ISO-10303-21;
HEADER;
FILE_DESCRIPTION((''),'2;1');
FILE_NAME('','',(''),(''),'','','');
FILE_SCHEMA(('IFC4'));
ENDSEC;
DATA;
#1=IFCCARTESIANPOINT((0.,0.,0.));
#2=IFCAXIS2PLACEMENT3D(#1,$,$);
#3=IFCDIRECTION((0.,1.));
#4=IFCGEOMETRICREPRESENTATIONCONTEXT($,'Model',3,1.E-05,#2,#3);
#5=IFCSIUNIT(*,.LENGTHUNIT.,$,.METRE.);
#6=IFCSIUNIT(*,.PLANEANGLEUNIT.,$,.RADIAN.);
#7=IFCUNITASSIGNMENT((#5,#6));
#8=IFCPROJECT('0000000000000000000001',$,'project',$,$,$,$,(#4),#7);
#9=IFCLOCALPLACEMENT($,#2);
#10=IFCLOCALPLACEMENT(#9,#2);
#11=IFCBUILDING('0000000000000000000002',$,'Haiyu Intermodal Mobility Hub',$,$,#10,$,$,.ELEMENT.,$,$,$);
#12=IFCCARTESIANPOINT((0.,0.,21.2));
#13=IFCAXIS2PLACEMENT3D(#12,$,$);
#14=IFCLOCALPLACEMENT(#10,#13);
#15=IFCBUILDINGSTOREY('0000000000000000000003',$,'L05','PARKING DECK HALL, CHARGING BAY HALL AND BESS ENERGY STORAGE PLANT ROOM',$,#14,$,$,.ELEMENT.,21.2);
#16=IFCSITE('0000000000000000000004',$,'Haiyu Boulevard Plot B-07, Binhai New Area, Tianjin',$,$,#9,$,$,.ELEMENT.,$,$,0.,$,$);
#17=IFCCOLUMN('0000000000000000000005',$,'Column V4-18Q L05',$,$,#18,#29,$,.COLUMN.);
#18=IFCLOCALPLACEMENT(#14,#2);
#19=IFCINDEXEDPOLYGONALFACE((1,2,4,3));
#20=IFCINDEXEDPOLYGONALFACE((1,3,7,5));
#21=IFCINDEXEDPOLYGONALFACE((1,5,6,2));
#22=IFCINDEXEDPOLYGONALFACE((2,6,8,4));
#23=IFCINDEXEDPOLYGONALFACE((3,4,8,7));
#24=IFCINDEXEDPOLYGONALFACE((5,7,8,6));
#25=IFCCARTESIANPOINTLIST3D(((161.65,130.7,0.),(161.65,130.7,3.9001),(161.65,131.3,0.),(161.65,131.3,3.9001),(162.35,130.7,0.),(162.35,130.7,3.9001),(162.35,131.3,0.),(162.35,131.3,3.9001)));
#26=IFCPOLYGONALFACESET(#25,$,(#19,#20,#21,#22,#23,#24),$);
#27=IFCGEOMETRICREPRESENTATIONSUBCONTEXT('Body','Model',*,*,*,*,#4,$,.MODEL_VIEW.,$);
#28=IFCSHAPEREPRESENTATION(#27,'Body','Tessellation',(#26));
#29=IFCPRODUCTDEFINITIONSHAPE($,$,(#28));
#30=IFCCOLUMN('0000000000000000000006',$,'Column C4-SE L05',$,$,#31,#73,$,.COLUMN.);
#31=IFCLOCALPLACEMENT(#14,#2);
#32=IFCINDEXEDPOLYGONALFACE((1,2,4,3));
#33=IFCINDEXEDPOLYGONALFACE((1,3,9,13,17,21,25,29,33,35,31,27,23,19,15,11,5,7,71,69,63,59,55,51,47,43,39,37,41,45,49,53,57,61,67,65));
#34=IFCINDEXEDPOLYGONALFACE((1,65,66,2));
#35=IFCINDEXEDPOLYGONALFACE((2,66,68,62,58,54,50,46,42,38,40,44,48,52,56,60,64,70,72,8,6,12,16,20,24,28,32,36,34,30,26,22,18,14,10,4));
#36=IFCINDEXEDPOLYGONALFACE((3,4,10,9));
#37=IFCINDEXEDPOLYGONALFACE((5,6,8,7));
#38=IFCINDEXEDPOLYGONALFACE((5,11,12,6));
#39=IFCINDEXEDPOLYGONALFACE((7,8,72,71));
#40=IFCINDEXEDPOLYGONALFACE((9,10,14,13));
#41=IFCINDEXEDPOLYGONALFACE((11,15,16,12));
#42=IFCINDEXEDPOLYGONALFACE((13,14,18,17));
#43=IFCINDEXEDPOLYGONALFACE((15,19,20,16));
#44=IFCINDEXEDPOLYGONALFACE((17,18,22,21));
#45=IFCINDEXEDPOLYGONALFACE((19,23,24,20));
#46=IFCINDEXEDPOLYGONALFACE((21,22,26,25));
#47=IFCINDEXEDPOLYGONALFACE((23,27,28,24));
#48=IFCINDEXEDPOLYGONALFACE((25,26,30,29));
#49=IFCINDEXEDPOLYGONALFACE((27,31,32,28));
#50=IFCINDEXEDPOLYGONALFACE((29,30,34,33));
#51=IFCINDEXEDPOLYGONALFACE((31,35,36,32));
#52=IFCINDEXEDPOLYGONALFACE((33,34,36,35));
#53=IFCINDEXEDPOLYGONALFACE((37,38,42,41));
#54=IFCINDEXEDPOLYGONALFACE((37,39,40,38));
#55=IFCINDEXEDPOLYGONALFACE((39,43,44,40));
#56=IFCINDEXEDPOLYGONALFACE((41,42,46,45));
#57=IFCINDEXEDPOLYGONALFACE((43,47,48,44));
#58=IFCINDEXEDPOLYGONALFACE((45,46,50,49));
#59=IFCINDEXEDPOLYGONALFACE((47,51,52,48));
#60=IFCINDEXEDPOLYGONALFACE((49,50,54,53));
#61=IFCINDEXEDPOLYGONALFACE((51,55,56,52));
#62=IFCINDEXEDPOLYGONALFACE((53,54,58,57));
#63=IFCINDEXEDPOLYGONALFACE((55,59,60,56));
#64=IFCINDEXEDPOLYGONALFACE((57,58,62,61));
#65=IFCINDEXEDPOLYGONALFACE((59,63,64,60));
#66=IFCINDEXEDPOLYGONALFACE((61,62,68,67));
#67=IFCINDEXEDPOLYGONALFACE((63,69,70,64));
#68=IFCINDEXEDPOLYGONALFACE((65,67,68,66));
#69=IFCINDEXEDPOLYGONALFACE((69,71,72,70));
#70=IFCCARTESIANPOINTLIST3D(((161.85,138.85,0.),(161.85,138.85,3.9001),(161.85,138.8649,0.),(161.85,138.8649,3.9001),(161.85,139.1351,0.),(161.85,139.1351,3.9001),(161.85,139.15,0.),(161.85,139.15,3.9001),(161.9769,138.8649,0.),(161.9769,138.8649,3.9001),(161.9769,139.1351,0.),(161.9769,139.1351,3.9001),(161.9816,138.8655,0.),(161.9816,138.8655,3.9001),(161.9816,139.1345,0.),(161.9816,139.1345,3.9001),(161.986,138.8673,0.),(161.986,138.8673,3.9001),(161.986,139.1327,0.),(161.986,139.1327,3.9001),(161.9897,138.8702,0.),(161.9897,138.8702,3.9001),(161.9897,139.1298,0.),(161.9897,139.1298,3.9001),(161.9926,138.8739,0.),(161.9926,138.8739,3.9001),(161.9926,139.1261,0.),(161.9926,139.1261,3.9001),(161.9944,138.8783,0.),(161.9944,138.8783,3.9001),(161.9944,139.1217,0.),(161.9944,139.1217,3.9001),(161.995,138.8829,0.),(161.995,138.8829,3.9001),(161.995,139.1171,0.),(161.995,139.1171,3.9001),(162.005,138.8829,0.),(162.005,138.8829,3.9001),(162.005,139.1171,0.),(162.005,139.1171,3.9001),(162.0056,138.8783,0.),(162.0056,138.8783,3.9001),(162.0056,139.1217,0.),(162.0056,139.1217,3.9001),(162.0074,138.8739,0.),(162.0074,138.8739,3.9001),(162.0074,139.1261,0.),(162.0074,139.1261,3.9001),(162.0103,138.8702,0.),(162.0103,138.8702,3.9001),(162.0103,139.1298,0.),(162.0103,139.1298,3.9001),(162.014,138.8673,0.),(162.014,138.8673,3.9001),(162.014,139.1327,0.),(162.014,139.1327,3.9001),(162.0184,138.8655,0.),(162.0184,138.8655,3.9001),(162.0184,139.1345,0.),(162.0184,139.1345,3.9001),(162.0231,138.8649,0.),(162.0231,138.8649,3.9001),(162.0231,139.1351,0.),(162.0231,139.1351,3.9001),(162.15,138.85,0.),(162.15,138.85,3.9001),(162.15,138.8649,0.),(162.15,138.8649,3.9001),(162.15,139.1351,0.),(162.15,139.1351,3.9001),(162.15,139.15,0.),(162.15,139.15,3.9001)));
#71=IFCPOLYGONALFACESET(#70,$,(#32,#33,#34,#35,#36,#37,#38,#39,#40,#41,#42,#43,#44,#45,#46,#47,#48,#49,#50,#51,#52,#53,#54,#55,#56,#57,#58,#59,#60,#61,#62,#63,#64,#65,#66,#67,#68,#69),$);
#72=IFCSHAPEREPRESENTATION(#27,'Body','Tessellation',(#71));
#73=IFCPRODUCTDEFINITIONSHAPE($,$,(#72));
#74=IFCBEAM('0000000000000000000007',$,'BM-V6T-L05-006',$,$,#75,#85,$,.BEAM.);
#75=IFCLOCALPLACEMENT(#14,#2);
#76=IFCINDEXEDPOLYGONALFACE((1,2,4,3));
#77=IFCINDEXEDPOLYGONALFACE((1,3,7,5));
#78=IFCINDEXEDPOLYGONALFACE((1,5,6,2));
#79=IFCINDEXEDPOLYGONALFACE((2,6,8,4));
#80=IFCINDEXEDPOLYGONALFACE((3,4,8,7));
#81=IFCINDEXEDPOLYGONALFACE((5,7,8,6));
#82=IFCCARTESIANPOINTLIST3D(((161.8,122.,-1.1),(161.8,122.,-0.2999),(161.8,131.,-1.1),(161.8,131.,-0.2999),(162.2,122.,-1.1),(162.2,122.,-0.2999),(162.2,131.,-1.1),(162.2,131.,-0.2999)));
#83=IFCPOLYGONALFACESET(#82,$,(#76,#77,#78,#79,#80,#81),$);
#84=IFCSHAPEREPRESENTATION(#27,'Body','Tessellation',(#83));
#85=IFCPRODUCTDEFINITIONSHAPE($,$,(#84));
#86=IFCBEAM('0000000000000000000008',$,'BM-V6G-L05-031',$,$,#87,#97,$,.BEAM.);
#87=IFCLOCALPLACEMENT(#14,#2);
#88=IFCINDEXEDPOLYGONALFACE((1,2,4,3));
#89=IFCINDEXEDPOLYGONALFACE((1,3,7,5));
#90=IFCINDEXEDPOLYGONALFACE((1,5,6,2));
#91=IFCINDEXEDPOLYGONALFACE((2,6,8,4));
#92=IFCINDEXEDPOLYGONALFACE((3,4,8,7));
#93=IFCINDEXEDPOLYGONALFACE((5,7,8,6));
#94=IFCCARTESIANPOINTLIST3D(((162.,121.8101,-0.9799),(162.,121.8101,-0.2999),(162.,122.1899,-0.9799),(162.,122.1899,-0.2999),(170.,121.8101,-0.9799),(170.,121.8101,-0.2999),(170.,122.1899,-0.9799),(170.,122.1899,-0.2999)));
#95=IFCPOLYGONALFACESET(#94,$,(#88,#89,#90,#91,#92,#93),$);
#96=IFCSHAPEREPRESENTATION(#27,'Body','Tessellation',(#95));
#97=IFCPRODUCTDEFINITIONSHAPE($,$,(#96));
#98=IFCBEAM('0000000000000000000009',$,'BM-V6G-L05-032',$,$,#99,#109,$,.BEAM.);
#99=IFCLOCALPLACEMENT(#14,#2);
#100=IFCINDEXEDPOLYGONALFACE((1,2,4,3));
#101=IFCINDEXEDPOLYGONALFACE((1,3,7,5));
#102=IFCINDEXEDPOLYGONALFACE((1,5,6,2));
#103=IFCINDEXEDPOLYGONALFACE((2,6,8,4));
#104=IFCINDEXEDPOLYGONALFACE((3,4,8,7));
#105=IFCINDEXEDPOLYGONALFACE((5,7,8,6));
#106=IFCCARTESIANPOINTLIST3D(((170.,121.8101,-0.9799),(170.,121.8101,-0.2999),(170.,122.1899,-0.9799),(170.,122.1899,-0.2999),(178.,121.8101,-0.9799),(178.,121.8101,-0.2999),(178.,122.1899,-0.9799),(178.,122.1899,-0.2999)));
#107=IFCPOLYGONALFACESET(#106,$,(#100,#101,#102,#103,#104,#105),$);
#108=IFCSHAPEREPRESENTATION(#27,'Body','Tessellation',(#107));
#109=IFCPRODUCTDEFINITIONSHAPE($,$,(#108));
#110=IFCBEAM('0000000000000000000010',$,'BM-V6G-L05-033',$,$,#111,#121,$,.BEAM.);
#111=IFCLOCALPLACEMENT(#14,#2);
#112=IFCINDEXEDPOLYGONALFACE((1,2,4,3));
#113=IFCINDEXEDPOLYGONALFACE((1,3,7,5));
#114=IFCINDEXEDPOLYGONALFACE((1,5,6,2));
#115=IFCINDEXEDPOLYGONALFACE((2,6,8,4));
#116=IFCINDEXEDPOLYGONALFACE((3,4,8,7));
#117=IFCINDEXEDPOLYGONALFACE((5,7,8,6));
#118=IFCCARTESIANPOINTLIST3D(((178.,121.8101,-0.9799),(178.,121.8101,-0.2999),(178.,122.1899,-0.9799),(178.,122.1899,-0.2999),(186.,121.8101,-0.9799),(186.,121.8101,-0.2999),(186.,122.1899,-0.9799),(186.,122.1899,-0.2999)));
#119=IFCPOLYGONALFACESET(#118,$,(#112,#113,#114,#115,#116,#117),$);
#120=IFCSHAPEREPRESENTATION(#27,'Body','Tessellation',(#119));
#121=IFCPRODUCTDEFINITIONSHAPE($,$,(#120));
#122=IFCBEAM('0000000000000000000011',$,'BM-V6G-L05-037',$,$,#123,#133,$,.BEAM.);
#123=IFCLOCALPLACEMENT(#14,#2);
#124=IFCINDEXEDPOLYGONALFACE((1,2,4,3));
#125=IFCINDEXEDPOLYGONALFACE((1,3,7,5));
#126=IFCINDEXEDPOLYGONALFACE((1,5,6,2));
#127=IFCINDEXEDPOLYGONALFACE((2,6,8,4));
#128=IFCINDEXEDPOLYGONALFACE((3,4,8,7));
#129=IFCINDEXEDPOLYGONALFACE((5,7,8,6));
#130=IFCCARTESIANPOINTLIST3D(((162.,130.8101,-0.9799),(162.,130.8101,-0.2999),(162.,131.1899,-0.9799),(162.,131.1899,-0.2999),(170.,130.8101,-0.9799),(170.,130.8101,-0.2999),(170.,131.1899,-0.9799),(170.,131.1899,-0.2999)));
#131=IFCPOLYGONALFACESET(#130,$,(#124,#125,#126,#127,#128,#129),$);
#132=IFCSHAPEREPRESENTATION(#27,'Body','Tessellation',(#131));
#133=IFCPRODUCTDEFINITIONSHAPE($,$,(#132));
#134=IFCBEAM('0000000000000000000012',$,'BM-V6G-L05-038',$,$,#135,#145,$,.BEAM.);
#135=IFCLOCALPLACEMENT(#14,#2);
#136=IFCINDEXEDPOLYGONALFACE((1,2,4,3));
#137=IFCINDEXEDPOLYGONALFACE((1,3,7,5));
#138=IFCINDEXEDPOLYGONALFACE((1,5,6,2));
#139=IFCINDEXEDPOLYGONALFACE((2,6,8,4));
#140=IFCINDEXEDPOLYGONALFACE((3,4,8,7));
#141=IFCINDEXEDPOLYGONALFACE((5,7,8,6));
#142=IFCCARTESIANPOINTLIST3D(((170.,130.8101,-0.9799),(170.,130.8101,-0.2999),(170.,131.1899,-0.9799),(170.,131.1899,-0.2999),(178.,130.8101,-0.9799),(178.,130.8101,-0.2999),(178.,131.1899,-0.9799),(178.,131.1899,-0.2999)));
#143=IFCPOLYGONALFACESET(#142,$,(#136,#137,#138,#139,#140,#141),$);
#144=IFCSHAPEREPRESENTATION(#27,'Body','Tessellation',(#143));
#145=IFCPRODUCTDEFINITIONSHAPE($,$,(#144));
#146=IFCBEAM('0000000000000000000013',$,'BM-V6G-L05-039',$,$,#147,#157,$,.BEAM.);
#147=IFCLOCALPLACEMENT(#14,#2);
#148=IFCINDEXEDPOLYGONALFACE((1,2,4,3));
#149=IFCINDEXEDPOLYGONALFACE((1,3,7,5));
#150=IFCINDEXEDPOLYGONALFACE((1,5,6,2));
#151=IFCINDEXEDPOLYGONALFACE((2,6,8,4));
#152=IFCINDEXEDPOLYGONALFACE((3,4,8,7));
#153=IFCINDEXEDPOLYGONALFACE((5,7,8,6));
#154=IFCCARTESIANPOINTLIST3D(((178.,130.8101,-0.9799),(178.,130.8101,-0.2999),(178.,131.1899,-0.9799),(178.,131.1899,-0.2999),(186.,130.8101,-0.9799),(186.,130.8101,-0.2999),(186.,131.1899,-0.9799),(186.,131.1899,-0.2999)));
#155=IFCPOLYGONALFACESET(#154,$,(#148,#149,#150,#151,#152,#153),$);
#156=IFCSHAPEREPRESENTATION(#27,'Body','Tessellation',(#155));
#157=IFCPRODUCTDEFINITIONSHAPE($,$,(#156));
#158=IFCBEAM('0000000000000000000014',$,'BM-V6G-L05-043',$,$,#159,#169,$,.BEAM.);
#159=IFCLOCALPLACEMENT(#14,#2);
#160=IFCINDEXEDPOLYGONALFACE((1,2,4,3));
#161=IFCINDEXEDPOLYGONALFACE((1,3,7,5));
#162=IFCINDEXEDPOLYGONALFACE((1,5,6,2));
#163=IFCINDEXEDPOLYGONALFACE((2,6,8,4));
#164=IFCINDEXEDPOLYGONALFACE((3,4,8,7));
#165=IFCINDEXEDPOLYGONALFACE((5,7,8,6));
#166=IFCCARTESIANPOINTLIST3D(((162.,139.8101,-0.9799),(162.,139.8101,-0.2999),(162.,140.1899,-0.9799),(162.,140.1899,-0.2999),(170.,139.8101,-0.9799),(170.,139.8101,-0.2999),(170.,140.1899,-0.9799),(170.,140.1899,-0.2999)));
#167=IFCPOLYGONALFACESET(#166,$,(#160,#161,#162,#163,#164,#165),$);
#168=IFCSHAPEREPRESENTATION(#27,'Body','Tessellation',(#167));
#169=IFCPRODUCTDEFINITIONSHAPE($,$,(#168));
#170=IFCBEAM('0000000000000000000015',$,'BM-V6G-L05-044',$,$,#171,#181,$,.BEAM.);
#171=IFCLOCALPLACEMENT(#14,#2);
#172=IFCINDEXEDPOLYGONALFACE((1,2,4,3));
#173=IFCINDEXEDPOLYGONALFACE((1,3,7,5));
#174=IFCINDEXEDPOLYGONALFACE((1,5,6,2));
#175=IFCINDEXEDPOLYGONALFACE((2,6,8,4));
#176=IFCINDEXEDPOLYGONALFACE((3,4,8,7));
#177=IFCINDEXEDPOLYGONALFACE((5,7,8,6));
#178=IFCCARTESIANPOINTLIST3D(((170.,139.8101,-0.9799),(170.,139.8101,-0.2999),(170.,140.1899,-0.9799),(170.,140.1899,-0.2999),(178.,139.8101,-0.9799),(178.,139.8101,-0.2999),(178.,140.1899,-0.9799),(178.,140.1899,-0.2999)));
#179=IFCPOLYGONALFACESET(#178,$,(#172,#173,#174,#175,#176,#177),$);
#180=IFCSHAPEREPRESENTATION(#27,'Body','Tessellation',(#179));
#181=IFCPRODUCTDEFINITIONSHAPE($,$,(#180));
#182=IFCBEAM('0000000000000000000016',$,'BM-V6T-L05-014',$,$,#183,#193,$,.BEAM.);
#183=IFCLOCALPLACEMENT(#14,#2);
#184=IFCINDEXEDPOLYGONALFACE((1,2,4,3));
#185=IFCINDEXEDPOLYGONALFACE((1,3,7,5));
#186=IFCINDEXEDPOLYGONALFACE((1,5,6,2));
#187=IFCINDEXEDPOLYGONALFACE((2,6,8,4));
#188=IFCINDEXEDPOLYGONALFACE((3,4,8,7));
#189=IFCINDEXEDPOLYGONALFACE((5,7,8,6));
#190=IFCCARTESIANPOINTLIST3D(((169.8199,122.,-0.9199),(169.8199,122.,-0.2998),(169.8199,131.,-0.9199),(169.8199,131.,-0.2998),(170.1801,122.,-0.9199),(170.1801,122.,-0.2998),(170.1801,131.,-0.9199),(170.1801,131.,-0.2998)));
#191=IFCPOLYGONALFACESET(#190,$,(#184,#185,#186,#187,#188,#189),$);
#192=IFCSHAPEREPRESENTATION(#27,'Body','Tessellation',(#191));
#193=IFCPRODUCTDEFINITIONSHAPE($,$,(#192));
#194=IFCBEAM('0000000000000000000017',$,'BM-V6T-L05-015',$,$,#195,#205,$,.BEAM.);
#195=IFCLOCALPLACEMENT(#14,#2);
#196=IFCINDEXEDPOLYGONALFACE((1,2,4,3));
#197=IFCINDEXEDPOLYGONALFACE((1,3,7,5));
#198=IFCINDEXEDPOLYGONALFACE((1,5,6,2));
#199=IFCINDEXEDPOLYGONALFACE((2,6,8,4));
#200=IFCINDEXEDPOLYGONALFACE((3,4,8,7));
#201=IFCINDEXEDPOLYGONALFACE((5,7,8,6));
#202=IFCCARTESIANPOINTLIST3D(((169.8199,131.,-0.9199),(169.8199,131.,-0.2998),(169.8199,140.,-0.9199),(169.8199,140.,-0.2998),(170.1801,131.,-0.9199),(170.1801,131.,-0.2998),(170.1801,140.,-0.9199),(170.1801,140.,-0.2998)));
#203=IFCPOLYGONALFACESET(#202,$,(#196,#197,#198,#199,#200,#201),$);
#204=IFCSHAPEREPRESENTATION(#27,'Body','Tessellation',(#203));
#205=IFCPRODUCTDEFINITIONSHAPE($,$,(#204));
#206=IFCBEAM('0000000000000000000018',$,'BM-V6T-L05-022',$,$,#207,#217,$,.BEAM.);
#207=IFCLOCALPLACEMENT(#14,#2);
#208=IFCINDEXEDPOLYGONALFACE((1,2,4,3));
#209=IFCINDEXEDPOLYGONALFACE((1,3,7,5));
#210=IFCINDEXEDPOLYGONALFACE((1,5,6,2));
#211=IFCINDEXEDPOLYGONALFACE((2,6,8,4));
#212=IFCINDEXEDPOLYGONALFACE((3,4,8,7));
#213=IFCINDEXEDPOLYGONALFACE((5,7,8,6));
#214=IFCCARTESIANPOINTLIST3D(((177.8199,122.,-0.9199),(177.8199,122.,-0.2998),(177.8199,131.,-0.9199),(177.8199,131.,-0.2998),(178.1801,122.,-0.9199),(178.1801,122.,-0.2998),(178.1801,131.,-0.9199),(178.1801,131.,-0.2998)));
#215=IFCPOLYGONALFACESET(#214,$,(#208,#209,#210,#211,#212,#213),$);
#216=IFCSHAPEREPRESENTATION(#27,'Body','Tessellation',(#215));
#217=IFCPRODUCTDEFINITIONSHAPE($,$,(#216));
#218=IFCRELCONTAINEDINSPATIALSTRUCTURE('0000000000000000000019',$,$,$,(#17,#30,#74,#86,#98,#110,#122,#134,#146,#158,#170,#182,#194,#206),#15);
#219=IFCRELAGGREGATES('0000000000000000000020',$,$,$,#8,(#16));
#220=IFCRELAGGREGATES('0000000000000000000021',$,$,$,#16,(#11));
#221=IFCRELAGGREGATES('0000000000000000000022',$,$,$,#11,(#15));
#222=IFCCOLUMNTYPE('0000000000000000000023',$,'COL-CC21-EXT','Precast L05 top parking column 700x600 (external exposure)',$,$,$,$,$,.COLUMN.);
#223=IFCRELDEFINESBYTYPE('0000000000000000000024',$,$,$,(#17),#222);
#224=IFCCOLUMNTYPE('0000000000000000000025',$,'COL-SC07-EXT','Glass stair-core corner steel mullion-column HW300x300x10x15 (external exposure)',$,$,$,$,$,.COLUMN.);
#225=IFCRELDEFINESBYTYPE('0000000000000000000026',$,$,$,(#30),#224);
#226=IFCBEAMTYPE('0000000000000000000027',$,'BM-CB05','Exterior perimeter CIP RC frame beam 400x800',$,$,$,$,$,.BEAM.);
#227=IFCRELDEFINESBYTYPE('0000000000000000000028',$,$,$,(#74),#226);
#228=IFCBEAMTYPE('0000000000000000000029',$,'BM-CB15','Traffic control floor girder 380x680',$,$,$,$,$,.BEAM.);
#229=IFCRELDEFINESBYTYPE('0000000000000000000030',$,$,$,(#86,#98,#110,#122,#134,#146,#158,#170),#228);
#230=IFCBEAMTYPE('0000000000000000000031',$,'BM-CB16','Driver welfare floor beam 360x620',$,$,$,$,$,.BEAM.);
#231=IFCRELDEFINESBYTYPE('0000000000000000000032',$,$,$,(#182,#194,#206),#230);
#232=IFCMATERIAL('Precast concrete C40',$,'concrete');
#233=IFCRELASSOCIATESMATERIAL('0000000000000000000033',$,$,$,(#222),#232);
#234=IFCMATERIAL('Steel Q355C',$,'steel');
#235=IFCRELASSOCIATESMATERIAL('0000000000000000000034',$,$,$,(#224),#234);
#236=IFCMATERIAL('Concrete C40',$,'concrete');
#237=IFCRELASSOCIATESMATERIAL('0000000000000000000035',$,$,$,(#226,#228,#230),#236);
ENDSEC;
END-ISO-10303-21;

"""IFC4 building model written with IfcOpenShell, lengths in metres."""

from ifc_helpers import new_model, si_unit, direction, frame, origin, origin_2d, place, context, subcontext, project, spatial, rectangle, i_section, extrude, material, material_profile, profile_set, type_object, element, save


model = new_model("IFC4")

# Units and contexts
model_context = context("Model", 3, precision=1e-05, world=origin(), true_north=direction((0.0, 1.0)))
body_context = subcontext(model_context, "Body", "Model", "MODEL_VIEW")
ifc_project = project(units=[si_unit("LENGTHUNIT", "METRE"), si_unit("PLANEANGLEUNIT", "RADIAN")], contexts=[model_context])

# Site, building, storey
site_placement = place(None, origin())
site = spatial("IfcSite", under=ifc_project, at=site_placement, Name="Haiyu Boulevard Plot B-07, Binhai New Area, Tianjin", CompositionType="ELEMENT", RefElevation=0.0)
building_placement = place(site_placement, origin())
building = spatial("IfcBuilding", under=site, at=building_placement, Name="Haiyu Intermodal Mobility Hub", CompositionType="ELEMENT")
storey_placement = place(building_placement, frame((0.0, 0.0, 21.2)))
storey = spatial("IfcBuildingStorey", under=building, at=storey_placement, Name="L05", Description="PARKING DECK HALL, CHARGING BAY HALL AND BESS ENERGY STORAGE PLANT ROOM", CompositionType="ELEMENT", Elevation=21.2)

# Columns
ifc_material_1 = material(Name="Precast concrete C40", Category="concrete")
ifc_material_profile_1 = material_profile(ifc_material_1, rectangle(XDim=0.7, YDim=0.6001, at=origin_2d()), Name="C700x600")
ifc_profile_set_1 = profile_set([ifc_material_profile_1], Name="Precast concrete C40")
column_type_1 = type_object("IfcColumnType", Name="COL-CC21-EXT", Description="Precast L05 top parking column 700x600 (external exposure)", PredefinedType="COLUMN", material=ifc_profile_set_1)
column_1_placement = place(storey_placement, frame((162.0, 131.0, 0.0), z_axis=(0.0, 0.0, 1.0), x_axis=(1.0, 0.0, 0.0)))
element("IfcColumn", 1, at=column_1_placement, inside=storey, type_object=column_type_1, Name="Column V4-18Q L05", PredefinedType="COLUMN", context=body_context, shape_type="SweptSolid", body=[
    extrude(rectangle(XDim=0.7, YDim=0.6001, at=origin_2d()), origin(), (0.0, 0.0, 1.0), 3.9001),
])
ifc_material_2 = material(Name="Steel Q355C", Category="steel")
ifc_material_profile_2 = material_profile(ifc_material_2, i_section(OverallWidth=0.3, OverallDepth=0.3, WebThickness=0.01, FlangeThickness=0.0149, FilletRadius=0.0181, at=origin_2d()), Name="HW300x300x10x15")
ifc_profile_set_2 = profile_set([ifc_material_profile_2], Name="Steel Q355C")
column_type_2 = type_object("IfcColumnType", Name="COL-SC07-EXT", Description="Glass stair-core corner steel mullion-column HW300x300x10x15 (external exposure)", PredefinedType="COLUMN", material=ifc_profile_set_2)
column_2_placement = place(storey_placement, frame((162.0, 139.0, 0.0), z_axis=(0.0, 0.0, 1.0), x_axis=(1.0, 0.0, 0.0)))
element("IfcColumn", 2, at=column_2_placement, inside=storey, type_object=column_type_2, Name="Column C4-SE L05", PredefinedType="COLUMN", context=body_context, shape_type="SweptSolid", body=[
    extrude(i_section(OverallWidth=0.3, OverallDepth=0.3, WebThickness=0.01, FlangeThickness=0.0149, FilletRadius=0.0181, at=origin_2d()), origin(), (0.0, 0.0, 1.0), 3.9001),
])

# Beams
ifc_material_3 = material(Name="Concrete C40", Category="concrete")
ifc_material_profile_3 = material_profile(ifc_material_3, rectangle(XDim=0.3999, YDim=0.8, at=origin_2d()), Name="RCB400x800")
ifc_profile_set_3 = profile_set([ifc_material_profile_3], Name="Concrete C40")
beam_type_1 = type_object("IfcBeamType", Name="BM-CB05", Description="Exterior perimeter CIP RC frame beam 400x800", PredefinedType="BEAM", material=ifc_profile_set_3)
beam_1_placement = place(storey_placement, frame((162.0, 122.0, -0.7), z_axis=(0.0, 1.0, 0.0), x_axis=(-1.0, 0.0, 0.0)))
element("IfcBeam", 3, at=beam_1_placement, inside=storey, type_object=beam_type_1, Name="BM-V6T-L05-006", PredefinedType="BEAM", context=body_context, shape_type="SweptSolid", body=[
    extrude(rectangle(XDim=0.3999, YDim=0.8, at=origin_2d()), origin(), (0.0, 0.0, 1.0), 9.0),
])
ifc_material_profile_4 = material_profile(ifc_material_3, rectangle(XDim=0.3799, YDim=0.6799, at=origin_2d()), Name="B380x680")
ifc_profile_set_4 = profile_set([ifc_material_profile_4], Name="Concrete C40")
beam_type_2 = type_object("IfcBeamType", Name="BM-CB15", Description="Traffic control floor girder 380x680", PredefinedType="BEAM", material=ifc_profile_set_4)
for number, where, z_axis, x_axis, name in (
    (4, (162.0, 122.0, -0.6399), (1.0, 0.0, 0.0), (0.0, 1.0, 0.0), "BM-V6G-L05-031"),
    (5, (170.0, 122.0, -0.6399), (1.0, 0.0, 0.0), (0.0, 1.0, 0.0), "BM-V6G-L05-032"),
    (6, (178.0, 122.0, -0.6399), (1.0, 0.0, 0.0), (0.0, 1.0, 0.0), "BM-V6G-L05-033"),
    (7, (162.0, 131.0, -0.6399), (1.0, 0.0, 0.0), (0.0, 1.0, 0.0), "BM-V6G-L05-037"),
    (8, (170.0, 131.0, -0.6399), (1.0, 0.0, 0.0), (0.0, 1.0, 0.0), "BM-V6G-L05-038"),
    (9, (178.0, 131.0, -0.6399), (1.0, 0.0, 0.0), (0.0, 1.0, 0.0), "BM-V6G-L05-039"),
    (10, (162.0, 140.0, -0.6399), (1.0, 0.0, 0.0), (0.0, 1.0, 0.0), "BM-V6G-L05-043"),
    (11, (170.0, 140.0, -0.6399), (1.0, 0.0, 0.0), (0.0, 1.0, 0.0), "BM-V6G-L05-044"),
):
    element("IfcBeam", number, at=place(storey_placement, frame(where, z_axis=z_axis, x_axis=x_axis)), inside=storey, type_object=beam_type_2, Name=name, PredefinedType="BEAM", context=body_context, shape_type="SweptSolid", body=[
        extrude(rectangle(XDim=0.3799, YDim=0.6799, at=origin_2d()), origin(), (0.0, 0.0, 1.0), 8.0),
    ])
ifc_material_profile_5 = material_profile(ifc_material_3, rectangle(XDim=0.3601, YDim=0.6201, at=origin_2d()), Name="B360x620")
ifc_profile_set_5 = profile_set([ifc_material_profile_5], Name="Concrete C40")
beam_type_3 = type_object("IfcBeamType", Name="BM-CB16", Description="Driver welfare floor beam 360x620", PredefinedType="BEAM", material=ifc_profile_set_5)
for number, where, z_axis, x_axis, name in (
    (12, (170.0, 122.0, -0.6099), (0.0, 1.0, 0.0), (-1.0, 0.0, 0.0), "BM-V6T-L05-014"),
    (13, (170.0, 131.0, -0.6099), (0.0, 1.0, 0.0), (-1.0, 0.0, 0.0), "BM-V6T-L05-015"),
    (14, (178.0, 122.0, -0.6099), (0.0, 1.0, 0.0), (-1.0, 0.0, 0.0), "BM-V6T-L05-022"),
):
    element("IfcBeam", number, at=place(storey_placement, frame(where, z_axis=z_axis, x_axis=x_axis)), inside=storey, type_object=beam_type_3, Name=name, PredefinedType="BEAM", context=body_context, shape_type="SweptSolid", body=[
        extrude(rectangle(XDim=0.3601, YDim=0.6201, at=origin_2d()), origin(), (0.0, 0.0, 1.0), 9.0),
    ])

save(model, "model.ifc")
